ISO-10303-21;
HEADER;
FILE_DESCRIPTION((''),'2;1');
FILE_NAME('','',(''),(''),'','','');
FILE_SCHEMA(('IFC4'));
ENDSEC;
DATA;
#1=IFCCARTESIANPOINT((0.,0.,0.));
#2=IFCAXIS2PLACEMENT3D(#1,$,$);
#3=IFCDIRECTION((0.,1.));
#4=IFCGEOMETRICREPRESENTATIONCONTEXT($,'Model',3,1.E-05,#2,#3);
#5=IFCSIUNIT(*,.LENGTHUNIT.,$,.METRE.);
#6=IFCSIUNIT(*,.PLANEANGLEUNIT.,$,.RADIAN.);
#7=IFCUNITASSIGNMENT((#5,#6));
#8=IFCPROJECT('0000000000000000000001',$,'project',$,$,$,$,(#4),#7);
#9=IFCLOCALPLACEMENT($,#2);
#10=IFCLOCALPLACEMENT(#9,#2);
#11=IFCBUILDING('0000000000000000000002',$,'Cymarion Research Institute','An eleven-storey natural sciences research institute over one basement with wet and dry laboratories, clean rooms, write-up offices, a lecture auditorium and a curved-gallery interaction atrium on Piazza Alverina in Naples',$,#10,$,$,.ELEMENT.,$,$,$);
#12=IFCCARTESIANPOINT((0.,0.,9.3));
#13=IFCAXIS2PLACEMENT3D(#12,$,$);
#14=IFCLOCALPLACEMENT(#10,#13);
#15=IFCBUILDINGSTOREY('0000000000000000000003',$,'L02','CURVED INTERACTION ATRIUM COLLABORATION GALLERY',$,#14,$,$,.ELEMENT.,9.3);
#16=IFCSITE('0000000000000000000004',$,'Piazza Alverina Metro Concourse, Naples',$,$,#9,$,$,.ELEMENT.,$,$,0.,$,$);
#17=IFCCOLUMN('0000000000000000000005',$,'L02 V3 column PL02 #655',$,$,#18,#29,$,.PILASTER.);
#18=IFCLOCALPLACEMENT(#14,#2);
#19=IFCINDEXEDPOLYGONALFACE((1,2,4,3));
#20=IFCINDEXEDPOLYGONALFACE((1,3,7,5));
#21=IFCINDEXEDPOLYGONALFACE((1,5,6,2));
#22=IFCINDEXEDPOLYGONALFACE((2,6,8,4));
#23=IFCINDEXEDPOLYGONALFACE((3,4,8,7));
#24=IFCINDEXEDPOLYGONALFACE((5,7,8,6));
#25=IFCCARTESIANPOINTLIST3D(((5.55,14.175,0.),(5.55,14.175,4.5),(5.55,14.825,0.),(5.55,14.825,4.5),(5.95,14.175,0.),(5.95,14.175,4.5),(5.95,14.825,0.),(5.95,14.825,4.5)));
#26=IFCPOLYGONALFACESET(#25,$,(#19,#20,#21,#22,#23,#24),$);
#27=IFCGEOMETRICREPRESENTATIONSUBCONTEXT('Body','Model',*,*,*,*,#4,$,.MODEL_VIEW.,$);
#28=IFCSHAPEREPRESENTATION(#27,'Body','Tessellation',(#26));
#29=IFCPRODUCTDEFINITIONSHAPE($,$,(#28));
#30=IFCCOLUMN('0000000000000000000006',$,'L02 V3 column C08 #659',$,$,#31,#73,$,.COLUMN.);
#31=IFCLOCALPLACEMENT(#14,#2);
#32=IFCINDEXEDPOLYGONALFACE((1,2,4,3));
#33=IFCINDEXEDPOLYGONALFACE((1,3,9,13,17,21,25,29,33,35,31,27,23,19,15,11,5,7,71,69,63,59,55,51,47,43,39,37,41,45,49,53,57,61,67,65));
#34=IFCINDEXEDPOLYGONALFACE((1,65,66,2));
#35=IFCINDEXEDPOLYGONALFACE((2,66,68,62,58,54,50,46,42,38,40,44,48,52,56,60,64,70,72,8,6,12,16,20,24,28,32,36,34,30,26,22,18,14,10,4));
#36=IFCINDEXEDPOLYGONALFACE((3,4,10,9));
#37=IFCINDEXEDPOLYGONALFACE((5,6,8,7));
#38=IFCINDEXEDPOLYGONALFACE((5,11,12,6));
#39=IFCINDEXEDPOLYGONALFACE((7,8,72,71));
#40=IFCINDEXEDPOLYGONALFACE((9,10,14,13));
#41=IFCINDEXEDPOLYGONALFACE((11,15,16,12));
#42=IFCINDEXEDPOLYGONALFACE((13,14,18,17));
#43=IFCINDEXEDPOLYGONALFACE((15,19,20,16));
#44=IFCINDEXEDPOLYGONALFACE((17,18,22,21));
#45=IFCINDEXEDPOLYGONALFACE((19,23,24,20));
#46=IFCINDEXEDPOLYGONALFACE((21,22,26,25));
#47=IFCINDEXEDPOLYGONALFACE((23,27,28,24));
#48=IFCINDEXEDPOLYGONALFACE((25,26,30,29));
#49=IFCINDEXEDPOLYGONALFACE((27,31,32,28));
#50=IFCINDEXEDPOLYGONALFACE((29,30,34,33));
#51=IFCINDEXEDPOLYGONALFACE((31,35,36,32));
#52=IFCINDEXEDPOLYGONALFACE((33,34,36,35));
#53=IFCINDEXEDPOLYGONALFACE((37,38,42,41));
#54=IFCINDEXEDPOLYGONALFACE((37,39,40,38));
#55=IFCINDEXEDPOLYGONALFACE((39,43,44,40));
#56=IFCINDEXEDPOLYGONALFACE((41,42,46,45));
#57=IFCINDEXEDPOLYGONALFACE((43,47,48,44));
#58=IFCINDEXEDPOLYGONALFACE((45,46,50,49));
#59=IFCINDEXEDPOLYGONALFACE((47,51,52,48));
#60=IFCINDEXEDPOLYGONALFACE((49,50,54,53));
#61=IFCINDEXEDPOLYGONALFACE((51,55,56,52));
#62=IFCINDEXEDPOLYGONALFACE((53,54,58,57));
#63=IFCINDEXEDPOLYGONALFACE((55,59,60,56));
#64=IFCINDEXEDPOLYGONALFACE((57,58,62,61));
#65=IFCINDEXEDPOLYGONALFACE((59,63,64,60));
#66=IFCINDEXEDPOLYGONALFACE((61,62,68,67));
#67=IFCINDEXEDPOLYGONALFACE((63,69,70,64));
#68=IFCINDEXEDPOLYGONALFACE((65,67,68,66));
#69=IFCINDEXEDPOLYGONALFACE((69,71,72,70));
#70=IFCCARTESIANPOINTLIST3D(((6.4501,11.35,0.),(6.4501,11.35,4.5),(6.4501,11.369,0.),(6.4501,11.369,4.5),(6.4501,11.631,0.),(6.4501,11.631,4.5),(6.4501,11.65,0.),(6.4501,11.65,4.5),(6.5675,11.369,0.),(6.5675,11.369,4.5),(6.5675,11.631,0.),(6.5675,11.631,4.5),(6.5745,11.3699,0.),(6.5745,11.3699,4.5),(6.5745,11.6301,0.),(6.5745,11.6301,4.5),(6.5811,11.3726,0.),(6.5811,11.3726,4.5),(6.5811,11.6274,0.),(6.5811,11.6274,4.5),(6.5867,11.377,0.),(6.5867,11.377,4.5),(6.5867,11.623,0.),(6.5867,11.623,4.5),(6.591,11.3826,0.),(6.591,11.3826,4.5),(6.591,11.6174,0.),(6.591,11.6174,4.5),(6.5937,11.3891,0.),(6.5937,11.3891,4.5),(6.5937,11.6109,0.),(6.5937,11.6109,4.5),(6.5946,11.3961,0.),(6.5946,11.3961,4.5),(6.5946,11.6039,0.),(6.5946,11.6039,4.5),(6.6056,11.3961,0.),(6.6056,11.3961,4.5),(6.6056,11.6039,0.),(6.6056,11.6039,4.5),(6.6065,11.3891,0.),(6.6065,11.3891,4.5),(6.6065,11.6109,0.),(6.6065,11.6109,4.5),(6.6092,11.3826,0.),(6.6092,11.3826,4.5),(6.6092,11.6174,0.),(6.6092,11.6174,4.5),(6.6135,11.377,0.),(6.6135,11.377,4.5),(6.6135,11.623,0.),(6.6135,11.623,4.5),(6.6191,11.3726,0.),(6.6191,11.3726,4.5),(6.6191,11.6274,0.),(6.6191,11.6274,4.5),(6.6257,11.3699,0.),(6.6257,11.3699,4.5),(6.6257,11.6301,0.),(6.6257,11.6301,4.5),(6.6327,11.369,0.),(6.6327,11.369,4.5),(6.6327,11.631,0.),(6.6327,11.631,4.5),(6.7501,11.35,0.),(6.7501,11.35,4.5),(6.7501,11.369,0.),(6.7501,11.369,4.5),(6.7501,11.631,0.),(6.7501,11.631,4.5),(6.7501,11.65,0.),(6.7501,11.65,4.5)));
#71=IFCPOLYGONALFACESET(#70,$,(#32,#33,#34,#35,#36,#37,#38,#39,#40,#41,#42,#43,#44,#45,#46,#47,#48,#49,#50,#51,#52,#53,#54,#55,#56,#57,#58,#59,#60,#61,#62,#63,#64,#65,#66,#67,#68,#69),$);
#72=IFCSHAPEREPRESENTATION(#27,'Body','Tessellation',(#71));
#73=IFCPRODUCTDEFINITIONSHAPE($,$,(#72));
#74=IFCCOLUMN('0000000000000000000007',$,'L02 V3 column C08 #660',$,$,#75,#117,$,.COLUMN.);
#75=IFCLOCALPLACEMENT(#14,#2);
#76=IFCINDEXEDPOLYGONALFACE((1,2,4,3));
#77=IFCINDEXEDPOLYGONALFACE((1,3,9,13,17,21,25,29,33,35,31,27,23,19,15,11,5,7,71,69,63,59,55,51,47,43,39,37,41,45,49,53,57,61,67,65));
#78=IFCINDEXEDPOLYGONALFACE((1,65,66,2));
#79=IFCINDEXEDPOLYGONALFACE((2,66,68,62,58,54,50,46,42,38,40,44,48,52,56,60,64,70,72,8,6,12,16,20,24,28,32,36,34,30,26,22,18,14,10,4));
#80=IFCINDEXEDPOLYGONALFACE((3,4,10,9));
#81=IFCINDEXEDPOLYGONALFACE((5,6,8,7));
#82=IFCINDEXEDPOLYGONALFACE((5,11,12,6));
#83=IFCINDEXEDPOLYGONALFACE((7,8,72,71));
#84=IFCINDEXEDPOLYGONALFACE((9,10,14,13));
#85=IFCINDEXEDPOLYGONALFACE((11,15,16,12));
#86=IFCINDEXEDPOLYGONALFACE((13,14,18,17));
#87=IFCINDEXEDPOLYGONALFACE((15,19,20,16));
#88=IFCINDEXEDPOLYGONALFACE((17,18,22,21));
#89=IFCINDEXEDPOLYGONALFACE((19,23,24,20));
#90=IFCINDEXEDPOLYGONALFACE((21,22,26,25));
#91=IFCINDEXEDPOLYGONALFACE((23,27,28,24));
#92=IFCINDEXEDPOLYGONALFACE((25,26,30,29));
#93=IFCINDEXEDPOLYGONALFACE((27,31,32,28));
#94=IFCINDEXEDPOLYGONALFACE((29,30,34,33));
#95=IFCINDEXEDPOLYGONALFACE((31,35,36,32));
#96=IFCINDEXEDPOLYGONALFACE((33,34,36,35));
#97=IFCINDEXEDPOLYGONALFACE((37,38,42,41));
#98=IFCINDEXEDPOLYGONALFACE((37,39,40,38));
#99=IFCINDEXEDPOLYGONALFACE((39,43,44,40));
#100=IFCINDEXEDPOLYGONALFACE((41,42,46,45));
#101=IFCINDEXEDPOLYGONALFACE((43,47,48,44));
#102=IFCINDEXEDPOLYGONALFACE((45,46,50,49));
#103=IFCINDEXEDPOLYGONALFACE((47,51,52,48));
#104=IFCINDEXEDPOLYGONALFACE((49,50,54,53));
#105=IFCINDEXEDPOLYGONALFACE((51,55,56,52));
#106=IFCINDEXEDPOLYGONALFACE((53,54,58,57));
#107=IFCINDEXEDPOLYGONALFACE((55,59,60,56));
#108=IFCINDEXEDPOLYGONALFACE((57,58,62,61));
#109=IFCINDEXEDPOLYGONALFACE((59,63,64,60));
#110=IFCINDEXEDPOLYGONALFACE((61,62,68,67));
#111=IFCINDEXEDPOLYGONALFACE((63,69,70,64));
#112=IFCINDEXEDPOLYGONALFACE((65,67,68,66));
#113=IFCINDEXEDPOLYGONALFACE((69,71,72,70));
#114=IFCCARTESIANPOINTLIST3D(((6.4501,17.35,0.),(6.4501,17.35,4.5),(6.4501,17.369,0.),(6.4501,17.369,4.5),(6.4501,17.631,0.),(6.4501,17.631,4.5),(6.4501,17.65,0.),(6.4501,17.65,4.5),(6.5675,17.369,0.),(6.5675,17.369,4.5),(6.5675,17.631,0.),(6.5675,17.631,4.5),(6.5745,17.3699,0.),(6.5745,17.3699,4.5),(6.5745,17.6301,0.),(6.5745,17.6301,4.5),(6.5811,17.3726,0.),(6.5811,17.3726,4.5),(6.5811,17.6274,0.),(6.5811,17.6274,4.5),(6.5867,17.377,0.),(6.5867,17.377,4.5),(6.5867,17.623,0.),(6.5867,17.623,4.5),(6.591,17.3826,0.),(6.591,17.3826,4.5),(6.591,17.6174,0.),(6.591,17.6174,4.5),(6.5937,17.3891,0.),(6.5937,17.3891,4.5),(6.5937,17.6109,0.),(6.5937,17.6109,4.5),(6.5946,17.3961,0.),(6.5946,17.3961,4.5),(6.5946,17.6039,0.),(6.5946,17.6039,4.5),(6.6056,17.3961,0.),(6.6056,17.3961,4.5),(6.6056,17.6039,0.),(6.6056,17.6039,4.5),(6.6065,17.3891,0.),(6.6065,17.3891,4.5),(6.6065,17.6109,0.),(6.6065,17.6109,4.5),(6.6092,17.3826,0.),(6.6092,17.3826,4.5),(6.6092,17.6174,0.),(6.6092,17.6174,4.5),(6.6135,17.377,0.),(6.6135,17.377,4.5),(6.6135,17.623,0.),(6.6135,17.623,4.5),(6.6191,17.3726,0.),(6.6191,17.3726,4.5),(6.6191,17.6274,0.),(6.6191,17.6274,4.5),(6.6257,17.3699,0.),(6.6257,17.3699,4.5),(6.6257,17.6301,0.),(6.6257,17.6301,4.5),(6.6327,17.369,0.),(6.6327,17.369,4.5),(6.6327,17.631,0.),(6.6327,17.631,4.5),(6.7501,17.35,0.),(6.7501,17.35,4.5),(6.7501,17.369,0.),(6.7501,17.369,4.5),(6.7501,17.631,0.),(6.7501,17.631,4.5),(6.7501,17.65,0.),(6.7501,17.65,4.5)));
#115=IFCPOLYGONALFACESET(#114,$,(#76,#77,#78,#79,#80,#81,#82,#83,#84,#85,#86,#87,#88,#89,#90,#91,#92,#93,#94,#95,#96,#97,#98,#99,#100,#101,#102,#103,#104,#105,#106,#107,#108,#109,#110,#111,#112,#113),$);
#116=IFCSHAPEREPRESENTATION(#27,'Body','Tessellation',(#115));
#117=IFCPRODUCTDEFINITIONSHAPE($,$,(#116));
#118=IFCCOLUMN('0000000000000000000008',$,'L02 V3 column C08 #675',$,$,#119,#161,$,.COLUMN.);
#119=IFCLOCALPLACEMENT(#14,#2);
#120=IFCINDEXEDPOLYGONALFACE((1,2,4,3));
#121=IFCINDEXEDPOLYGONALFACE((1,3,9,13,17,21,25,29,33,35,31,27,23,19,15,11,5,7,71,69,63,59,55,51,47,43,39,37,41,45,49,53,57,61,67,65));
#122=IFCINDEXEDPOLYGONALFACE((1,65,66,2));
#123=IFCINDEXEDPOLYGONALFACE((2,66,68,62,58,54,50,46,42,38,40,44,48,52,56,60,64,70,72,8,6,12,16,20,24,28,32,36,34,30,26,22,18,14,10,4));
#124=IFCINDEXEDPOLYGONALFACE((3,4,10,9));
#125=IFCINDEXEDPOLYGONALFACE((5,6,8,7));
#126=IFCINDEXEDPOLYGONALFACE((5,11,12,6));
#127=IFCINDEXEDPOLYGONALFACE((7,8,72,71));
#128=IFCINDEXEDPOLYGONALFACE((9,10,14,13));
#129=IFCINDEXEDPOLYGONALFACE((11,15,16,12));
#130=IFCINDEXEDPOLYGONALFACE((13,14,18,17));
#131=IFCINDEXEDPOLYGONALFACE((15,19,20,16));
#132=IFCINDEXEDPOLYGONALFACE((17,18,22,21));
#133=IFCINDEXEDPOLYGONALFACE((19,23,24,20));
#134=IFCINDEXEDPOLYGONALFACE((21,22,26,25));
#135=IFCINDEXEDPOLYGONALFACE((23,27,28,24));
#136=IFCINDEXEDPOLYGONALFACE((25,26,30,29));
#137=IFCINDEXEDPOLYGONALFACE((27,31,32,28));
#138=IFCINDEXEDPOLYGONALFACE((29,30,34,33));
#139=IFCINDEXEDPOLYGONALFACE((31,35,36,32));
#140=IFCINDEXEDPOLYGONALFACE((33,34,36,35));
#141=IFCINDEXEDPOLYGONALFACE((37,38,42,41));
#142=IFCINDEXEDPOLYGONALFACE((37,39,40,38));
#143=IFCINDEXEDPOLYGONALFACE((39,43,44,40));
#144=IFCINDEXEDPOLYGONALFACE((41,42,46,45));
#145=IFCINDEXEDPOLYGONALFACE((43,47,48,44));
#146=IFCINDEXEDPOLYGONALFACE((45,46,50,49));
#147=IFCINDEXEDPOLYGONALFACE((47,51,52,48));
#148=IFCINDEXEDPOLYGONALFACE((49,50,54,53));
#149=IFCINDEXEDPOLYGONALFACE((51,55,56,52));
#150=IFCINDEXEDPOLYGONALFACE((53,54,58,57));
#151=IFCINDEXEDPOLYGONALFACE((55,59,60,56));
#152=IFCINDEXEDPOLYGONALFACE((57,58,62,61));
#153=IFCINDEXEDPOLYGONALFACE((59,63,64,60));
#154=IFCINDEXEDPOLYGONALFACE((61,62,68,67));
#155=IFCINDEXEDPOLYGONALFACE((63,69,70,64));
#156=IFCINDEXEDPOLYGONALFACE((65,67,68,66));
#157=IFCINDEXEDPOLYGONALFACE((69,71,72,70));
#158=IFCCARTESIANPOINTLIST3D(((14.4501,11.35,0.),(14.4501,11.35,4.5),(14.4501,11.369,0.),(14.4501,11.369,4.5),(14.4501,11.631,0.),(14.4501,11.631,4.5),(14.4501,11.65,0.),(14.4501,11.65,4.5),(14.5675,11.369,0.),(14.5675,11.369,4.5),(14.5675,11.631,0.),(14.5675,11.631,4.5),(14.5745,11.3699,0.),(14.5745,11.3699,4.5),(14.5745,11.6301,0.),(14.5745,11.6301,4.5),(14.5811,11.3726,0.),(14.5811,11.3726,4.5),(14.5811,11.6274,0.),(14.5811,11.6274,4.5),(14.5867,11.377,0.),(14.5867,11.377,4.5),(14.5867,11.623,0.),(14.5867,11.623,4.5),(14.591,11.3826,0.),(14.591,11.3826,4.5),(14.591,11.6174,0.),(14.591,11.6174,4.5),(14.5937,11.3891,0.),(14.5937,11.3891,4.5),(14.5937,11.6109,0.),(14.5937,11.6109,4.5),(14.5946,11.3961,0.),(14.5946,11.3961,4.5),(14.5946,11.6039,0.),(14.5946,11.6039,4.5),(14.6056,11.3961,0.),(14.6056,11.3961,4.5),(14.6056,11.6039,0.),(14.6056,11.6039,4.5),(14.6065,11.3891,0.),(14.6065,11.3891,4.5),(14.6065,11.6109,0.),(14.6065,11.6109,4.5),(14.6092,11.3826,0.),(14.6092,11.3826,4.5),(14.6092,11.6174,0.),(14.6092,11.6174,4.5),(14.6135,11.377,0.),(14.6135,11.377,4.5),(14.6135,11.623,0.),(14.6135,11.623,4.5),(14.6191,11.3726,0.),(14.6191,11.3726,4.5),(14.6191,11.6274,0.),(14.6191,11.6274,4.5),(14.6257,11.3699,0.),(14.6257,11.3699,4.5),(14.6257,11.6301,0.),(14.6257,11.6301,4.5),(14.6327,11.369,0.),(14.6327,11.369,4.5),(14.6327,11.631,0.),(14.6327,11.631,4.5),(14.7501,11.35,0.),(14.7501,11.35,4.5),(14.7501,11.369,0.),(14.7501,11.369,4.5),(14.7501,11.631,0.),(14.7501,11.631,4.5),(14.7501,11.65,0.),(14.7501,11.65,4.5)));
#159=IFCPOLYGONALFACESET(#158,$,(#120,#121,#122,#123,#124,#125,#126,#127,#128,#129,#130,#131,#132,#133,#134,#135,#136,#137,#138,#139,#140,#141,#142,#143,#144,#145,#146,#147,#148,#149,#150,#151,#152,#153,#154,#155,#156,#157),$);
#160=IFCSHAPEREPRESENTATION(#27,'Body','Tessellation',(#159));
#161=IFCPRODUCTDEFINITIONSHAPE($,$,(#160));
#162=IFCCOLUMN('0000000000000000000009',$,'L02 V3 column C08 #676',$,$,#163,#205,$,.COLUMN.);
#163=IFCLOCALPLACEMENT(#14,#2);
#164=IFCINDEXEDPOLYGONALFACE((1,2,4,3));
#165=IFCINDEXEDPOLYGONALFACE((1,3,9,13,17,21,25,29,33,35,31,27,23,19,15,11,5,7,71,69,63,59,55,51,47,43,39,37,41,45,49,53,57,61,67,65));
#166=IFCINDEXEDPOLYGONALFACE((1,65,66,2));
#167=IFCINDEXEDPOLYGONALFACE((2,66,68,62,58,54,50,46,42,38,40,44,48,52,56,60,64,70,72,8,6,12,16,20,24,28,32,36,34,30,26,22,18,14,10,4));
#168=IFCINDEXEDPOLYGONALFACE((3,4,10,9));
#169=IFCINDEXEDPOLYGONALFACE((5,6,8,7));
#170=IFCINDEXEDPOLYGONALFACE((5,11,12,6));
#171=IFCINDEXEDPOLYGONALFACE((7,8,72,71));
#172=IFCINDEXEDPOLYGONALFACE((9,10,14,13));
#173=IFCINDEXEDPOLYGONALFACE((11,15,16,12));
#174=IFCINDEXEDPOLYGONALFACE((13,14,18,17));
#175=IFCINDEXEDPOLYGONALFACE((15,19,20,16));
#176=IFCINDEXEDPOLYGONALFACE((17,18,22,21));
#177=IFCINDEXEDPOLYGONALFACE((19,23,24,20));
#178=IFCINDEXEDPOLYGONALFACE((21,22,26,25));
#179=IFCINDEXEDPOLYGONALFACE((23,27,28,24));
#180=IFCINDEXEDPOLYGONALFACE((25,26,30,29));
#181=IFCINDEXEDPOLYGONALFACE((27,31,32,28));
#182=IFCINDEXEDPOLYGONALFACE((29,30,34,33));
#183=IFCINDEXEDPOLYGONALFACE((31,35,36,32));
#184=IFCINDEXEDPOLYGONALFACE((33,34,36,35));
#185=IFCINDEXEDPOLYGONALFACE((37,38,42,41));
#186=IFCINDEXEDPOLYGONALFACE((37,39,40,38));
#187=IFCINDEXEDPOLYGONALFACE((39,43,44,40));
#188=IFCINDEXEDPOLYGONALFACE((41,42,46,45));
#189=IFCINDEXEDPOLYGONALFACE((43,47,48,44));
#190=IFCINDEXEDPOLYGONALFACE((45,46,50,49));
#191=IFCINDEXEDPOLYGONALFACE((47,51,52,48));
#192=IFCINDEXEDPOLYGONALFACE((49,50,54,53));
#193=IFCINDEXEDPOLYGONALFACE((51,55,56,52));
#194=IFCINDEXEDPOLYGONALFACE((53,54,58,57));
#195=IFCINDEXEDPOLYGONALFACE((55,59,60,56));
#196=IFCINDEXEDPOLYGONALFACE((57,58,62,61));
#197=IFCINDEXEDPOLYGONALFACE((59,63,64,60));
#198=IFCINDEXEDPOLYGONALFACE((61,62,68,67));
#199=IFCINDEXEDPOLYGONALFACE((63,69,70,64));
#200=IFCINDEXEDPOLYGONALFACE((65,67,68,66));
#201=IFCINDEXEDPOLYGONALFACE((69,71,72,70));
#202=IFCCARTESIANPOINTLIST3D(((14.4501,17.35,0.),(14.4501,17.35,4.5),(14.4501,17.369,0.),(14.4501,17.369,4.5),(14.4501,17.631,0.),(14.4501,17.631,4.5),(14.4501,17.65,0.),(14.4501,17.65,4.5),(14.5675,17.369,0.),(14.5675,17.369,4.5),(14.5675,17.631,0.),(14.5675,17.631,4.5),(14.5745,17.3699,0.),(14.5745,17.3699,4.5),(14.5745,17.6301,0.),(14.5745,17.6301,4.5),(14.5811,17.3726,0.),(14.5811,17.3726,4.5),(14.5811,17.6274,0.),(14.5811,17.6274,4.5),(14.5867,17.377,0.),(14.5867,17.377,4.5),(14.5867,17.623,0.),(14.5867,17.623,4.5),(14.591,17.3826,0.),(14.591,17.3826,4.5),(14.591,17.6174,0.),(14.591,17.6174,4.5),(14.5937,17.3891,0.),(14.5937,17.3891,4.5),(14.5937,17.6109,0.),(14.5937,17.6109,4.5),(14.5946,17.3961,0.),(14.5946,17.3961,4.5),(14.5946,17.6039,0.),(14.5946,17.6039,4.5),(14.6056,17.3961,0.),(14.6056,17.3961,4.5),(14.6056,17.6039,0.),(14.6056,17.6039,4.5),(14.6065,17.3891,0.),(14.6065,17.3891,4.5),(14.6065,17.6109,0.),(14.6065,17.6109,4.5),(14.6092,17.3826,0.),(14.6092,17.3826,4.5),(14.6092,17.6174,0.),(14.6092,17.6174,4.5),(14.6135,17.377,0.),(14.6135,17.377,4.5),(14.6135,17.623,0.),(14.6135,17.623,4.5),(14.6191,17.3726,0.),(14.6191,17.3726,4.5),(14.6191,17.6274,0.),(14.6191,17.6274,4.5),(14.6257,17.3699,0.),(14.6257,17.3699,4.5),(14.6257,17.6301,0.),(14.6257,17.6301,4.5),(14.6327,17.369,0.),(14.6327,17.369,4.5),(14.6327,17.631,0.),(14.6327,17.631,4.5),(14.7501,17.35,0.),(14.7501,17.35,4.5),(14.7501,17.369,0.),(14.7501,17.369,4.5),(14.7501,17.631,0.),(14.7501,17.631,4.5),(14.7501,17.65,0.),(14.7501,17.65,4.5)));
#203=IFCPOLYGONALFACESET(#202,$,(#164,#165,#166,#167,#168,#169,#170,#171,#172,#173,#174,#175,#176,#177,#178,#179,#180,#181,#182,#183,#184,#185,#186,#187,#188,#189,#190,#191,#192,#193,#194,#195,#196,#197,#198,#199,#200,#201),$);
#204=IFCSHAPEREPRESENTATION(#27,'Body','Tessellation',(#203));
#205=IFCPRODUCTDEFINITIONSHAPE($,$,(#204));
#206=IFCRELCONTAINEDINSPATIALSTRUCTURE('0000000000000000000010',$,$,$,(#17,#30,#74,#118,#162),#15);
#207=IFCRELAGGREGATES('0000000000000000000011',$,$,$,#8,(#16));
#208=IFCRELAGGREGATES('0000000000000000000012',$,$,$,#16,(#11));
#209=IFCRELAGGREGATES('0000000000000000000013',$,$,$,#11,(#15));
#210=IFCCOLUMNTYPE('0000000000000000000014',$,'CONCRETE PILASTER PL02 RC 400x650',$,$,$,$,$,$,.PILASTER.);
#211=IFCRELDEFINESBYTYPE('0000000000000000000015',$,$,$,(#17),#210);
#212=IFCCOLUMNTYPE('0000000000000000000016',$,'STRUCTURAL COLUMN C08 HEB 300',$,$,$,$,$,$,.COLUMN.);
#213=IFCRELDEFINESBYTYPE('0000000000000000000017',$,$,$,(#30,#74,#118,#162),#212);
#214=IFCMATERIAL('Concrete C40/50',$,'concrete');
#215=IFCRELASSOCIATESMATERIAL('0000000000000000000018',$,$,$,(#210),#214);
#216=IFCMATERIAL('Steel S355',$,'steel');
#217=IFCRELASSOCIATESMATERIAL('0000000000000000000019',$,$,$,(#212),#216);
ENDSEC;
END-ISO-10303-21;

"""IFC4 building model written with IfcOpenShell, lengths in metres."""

from ifc_helpers import new_model, si_unit, direction, frame, origin, origin_2d, place, context, subcontext, project, spatial, rectangle, i_section, extrude, material, material_profile, profile_set, type_object, element, save


model = new_model("IFC4")

# Units and contexts
model_context = context("Model", 3, precision=1e-05, world=origin(), true_north=direction((0.0, 1.0)))
body_context = subcontext(model_context, "Body", "Model", "MODEL_VIEW")
ifc_project = project(units=[si_unit("LENGTHUNIT", "METRE"), si_unit("PLANEANGLEUNIT", "RADIAN")], contexts=[model_context])

# Site, building, storey
site_placement = place(None, origin())
site = spatial("IfcSite", under=ifc_project, at=site_placement, Name="Piazza Alverina Metro Concourse, Naples", CompositionType="ELEMENT", RefElevation=0.0)
building_placement = place(site_placement, origin())
building = spatial("IfcBuilding", under=site, at=building_placement, Name="Cymarion Research Institute", Description="An eleven-storey natural sciences research institute over one basement with wet and dry laboratories, clean rooms, write-up offices, a lecture auditorium and a curved-gallery interaction atrium on Piazza Alverina in Naples", CompositionType="ELEMENT")
storey_placement = place(building_placement, frame((0.0, 0.0, 9.3)))
storey = spatial("IfcBuildingStorey", under=building, at=storey_placement, Name="L02", Description="CURVED INTERACTION ATRIUM COLLABORATION GALLERY", CompositionType="ELEMENT", Elevation=9.3)

# Columns
ifc_material_1 = material(Name="Concrete C40/50", Category="concrete")
ifc_material_profile_1 = material_profile(ifc_material_1, rectangle(XDim=0.3999, YDim=0.6499, at=origin_2d()), Name="RC 400x650")
ifc_profile_set_1 = profile_set([ifc_material_profile_1], Name="Concrete C40/50")
column_type_1 = type_object("IfcColumnType", Name="CONCRETE PILASTER PL02 RC 400x650", PredefinedType="PILASTER", material=ifc_profile_set_1)
column_placement = place(storey_placement, frame((5.75, 14.5, 0.0), z_axis=(0.0, 0.0, 1.0), x_axis=(1.0, 0.0, 0.0)))
element("IfcColumn", 1, at=column_placement, inside=storey, type_object=column_type_1, Name="L02 V3 column PL02 #655", PredefinedType="PILASTER", context=body_context, shape_type="SweptSolid", body=[
    extrude(rectangle(XDim=0.3999, YDim=0.6499, at=origin_2d()), origin(), (0.0, 0.0, 1.0), 4.5),
])
ifc_material_2 = material(Name="Steel S355", Category="steel")
ifc_material_profile_2 = material_profile(ifc_material_2, i_section(OverallWidth=0.3, OverallDepth=0.3, WebThickness=0.011, FlangeThickness=0.019, FilletRadius=0.0271, at=origin_2d()), Name="HEB 300")
ifc_profile_set_2 = profile_set([ifc_material_profile_2], Name="Steel S355")
column_type_2 = type_object("IfcColumnType", Name="STRUCTURAL COLUMN C08 HEB 300", PredefinedType="COLUMN", material=ifc_profile_set_2)
for number, where, z_axis, x_axis, name in (
    (2, (6.6001, 11.5, 0.0), (0.0, 0.0, 1.0), (1.0, 0.0, 0.0), "L02 V3 column C08 #659"),
    (3, (6.6001, 17.5, 0.0), (0.0, 0.0, 1.0), (1.0, 0.0, 0.0), "L02 V3 column C08 #660"),
    (4, (14.6001, 11.5, 0.0), (0.0, 0.0, 1.0), (1.0, 0.0, 0.0), "L02 V3 column C08 #675"),
    (5, (14.6001, 17.5, 0.0), (0.0, 0.0, 1.0), (1.0, 0.0, 0.0), "L02 V3 column C08 #676"),
):
    element("IfcColumn", number, at=place(storey_placement, frame(where, z_axis=z_axis, x_axis=x_axis)), inside=storey, type_object=column_type_2, Name=name, PredefinedType="COLUMN", context=body_context, shape_type="SweptSolid", body=[
        extrude(i_section(OverallWidth=0.3, OverallDepth=0.3, WebThickness=0.011, FlangeThickness=0.019, FilletRadius=0.0271, at=origin_2d()), origin(), (0.0, 0.0, 1.0), 4.5),
    ])

save(model, "model.ifc")
